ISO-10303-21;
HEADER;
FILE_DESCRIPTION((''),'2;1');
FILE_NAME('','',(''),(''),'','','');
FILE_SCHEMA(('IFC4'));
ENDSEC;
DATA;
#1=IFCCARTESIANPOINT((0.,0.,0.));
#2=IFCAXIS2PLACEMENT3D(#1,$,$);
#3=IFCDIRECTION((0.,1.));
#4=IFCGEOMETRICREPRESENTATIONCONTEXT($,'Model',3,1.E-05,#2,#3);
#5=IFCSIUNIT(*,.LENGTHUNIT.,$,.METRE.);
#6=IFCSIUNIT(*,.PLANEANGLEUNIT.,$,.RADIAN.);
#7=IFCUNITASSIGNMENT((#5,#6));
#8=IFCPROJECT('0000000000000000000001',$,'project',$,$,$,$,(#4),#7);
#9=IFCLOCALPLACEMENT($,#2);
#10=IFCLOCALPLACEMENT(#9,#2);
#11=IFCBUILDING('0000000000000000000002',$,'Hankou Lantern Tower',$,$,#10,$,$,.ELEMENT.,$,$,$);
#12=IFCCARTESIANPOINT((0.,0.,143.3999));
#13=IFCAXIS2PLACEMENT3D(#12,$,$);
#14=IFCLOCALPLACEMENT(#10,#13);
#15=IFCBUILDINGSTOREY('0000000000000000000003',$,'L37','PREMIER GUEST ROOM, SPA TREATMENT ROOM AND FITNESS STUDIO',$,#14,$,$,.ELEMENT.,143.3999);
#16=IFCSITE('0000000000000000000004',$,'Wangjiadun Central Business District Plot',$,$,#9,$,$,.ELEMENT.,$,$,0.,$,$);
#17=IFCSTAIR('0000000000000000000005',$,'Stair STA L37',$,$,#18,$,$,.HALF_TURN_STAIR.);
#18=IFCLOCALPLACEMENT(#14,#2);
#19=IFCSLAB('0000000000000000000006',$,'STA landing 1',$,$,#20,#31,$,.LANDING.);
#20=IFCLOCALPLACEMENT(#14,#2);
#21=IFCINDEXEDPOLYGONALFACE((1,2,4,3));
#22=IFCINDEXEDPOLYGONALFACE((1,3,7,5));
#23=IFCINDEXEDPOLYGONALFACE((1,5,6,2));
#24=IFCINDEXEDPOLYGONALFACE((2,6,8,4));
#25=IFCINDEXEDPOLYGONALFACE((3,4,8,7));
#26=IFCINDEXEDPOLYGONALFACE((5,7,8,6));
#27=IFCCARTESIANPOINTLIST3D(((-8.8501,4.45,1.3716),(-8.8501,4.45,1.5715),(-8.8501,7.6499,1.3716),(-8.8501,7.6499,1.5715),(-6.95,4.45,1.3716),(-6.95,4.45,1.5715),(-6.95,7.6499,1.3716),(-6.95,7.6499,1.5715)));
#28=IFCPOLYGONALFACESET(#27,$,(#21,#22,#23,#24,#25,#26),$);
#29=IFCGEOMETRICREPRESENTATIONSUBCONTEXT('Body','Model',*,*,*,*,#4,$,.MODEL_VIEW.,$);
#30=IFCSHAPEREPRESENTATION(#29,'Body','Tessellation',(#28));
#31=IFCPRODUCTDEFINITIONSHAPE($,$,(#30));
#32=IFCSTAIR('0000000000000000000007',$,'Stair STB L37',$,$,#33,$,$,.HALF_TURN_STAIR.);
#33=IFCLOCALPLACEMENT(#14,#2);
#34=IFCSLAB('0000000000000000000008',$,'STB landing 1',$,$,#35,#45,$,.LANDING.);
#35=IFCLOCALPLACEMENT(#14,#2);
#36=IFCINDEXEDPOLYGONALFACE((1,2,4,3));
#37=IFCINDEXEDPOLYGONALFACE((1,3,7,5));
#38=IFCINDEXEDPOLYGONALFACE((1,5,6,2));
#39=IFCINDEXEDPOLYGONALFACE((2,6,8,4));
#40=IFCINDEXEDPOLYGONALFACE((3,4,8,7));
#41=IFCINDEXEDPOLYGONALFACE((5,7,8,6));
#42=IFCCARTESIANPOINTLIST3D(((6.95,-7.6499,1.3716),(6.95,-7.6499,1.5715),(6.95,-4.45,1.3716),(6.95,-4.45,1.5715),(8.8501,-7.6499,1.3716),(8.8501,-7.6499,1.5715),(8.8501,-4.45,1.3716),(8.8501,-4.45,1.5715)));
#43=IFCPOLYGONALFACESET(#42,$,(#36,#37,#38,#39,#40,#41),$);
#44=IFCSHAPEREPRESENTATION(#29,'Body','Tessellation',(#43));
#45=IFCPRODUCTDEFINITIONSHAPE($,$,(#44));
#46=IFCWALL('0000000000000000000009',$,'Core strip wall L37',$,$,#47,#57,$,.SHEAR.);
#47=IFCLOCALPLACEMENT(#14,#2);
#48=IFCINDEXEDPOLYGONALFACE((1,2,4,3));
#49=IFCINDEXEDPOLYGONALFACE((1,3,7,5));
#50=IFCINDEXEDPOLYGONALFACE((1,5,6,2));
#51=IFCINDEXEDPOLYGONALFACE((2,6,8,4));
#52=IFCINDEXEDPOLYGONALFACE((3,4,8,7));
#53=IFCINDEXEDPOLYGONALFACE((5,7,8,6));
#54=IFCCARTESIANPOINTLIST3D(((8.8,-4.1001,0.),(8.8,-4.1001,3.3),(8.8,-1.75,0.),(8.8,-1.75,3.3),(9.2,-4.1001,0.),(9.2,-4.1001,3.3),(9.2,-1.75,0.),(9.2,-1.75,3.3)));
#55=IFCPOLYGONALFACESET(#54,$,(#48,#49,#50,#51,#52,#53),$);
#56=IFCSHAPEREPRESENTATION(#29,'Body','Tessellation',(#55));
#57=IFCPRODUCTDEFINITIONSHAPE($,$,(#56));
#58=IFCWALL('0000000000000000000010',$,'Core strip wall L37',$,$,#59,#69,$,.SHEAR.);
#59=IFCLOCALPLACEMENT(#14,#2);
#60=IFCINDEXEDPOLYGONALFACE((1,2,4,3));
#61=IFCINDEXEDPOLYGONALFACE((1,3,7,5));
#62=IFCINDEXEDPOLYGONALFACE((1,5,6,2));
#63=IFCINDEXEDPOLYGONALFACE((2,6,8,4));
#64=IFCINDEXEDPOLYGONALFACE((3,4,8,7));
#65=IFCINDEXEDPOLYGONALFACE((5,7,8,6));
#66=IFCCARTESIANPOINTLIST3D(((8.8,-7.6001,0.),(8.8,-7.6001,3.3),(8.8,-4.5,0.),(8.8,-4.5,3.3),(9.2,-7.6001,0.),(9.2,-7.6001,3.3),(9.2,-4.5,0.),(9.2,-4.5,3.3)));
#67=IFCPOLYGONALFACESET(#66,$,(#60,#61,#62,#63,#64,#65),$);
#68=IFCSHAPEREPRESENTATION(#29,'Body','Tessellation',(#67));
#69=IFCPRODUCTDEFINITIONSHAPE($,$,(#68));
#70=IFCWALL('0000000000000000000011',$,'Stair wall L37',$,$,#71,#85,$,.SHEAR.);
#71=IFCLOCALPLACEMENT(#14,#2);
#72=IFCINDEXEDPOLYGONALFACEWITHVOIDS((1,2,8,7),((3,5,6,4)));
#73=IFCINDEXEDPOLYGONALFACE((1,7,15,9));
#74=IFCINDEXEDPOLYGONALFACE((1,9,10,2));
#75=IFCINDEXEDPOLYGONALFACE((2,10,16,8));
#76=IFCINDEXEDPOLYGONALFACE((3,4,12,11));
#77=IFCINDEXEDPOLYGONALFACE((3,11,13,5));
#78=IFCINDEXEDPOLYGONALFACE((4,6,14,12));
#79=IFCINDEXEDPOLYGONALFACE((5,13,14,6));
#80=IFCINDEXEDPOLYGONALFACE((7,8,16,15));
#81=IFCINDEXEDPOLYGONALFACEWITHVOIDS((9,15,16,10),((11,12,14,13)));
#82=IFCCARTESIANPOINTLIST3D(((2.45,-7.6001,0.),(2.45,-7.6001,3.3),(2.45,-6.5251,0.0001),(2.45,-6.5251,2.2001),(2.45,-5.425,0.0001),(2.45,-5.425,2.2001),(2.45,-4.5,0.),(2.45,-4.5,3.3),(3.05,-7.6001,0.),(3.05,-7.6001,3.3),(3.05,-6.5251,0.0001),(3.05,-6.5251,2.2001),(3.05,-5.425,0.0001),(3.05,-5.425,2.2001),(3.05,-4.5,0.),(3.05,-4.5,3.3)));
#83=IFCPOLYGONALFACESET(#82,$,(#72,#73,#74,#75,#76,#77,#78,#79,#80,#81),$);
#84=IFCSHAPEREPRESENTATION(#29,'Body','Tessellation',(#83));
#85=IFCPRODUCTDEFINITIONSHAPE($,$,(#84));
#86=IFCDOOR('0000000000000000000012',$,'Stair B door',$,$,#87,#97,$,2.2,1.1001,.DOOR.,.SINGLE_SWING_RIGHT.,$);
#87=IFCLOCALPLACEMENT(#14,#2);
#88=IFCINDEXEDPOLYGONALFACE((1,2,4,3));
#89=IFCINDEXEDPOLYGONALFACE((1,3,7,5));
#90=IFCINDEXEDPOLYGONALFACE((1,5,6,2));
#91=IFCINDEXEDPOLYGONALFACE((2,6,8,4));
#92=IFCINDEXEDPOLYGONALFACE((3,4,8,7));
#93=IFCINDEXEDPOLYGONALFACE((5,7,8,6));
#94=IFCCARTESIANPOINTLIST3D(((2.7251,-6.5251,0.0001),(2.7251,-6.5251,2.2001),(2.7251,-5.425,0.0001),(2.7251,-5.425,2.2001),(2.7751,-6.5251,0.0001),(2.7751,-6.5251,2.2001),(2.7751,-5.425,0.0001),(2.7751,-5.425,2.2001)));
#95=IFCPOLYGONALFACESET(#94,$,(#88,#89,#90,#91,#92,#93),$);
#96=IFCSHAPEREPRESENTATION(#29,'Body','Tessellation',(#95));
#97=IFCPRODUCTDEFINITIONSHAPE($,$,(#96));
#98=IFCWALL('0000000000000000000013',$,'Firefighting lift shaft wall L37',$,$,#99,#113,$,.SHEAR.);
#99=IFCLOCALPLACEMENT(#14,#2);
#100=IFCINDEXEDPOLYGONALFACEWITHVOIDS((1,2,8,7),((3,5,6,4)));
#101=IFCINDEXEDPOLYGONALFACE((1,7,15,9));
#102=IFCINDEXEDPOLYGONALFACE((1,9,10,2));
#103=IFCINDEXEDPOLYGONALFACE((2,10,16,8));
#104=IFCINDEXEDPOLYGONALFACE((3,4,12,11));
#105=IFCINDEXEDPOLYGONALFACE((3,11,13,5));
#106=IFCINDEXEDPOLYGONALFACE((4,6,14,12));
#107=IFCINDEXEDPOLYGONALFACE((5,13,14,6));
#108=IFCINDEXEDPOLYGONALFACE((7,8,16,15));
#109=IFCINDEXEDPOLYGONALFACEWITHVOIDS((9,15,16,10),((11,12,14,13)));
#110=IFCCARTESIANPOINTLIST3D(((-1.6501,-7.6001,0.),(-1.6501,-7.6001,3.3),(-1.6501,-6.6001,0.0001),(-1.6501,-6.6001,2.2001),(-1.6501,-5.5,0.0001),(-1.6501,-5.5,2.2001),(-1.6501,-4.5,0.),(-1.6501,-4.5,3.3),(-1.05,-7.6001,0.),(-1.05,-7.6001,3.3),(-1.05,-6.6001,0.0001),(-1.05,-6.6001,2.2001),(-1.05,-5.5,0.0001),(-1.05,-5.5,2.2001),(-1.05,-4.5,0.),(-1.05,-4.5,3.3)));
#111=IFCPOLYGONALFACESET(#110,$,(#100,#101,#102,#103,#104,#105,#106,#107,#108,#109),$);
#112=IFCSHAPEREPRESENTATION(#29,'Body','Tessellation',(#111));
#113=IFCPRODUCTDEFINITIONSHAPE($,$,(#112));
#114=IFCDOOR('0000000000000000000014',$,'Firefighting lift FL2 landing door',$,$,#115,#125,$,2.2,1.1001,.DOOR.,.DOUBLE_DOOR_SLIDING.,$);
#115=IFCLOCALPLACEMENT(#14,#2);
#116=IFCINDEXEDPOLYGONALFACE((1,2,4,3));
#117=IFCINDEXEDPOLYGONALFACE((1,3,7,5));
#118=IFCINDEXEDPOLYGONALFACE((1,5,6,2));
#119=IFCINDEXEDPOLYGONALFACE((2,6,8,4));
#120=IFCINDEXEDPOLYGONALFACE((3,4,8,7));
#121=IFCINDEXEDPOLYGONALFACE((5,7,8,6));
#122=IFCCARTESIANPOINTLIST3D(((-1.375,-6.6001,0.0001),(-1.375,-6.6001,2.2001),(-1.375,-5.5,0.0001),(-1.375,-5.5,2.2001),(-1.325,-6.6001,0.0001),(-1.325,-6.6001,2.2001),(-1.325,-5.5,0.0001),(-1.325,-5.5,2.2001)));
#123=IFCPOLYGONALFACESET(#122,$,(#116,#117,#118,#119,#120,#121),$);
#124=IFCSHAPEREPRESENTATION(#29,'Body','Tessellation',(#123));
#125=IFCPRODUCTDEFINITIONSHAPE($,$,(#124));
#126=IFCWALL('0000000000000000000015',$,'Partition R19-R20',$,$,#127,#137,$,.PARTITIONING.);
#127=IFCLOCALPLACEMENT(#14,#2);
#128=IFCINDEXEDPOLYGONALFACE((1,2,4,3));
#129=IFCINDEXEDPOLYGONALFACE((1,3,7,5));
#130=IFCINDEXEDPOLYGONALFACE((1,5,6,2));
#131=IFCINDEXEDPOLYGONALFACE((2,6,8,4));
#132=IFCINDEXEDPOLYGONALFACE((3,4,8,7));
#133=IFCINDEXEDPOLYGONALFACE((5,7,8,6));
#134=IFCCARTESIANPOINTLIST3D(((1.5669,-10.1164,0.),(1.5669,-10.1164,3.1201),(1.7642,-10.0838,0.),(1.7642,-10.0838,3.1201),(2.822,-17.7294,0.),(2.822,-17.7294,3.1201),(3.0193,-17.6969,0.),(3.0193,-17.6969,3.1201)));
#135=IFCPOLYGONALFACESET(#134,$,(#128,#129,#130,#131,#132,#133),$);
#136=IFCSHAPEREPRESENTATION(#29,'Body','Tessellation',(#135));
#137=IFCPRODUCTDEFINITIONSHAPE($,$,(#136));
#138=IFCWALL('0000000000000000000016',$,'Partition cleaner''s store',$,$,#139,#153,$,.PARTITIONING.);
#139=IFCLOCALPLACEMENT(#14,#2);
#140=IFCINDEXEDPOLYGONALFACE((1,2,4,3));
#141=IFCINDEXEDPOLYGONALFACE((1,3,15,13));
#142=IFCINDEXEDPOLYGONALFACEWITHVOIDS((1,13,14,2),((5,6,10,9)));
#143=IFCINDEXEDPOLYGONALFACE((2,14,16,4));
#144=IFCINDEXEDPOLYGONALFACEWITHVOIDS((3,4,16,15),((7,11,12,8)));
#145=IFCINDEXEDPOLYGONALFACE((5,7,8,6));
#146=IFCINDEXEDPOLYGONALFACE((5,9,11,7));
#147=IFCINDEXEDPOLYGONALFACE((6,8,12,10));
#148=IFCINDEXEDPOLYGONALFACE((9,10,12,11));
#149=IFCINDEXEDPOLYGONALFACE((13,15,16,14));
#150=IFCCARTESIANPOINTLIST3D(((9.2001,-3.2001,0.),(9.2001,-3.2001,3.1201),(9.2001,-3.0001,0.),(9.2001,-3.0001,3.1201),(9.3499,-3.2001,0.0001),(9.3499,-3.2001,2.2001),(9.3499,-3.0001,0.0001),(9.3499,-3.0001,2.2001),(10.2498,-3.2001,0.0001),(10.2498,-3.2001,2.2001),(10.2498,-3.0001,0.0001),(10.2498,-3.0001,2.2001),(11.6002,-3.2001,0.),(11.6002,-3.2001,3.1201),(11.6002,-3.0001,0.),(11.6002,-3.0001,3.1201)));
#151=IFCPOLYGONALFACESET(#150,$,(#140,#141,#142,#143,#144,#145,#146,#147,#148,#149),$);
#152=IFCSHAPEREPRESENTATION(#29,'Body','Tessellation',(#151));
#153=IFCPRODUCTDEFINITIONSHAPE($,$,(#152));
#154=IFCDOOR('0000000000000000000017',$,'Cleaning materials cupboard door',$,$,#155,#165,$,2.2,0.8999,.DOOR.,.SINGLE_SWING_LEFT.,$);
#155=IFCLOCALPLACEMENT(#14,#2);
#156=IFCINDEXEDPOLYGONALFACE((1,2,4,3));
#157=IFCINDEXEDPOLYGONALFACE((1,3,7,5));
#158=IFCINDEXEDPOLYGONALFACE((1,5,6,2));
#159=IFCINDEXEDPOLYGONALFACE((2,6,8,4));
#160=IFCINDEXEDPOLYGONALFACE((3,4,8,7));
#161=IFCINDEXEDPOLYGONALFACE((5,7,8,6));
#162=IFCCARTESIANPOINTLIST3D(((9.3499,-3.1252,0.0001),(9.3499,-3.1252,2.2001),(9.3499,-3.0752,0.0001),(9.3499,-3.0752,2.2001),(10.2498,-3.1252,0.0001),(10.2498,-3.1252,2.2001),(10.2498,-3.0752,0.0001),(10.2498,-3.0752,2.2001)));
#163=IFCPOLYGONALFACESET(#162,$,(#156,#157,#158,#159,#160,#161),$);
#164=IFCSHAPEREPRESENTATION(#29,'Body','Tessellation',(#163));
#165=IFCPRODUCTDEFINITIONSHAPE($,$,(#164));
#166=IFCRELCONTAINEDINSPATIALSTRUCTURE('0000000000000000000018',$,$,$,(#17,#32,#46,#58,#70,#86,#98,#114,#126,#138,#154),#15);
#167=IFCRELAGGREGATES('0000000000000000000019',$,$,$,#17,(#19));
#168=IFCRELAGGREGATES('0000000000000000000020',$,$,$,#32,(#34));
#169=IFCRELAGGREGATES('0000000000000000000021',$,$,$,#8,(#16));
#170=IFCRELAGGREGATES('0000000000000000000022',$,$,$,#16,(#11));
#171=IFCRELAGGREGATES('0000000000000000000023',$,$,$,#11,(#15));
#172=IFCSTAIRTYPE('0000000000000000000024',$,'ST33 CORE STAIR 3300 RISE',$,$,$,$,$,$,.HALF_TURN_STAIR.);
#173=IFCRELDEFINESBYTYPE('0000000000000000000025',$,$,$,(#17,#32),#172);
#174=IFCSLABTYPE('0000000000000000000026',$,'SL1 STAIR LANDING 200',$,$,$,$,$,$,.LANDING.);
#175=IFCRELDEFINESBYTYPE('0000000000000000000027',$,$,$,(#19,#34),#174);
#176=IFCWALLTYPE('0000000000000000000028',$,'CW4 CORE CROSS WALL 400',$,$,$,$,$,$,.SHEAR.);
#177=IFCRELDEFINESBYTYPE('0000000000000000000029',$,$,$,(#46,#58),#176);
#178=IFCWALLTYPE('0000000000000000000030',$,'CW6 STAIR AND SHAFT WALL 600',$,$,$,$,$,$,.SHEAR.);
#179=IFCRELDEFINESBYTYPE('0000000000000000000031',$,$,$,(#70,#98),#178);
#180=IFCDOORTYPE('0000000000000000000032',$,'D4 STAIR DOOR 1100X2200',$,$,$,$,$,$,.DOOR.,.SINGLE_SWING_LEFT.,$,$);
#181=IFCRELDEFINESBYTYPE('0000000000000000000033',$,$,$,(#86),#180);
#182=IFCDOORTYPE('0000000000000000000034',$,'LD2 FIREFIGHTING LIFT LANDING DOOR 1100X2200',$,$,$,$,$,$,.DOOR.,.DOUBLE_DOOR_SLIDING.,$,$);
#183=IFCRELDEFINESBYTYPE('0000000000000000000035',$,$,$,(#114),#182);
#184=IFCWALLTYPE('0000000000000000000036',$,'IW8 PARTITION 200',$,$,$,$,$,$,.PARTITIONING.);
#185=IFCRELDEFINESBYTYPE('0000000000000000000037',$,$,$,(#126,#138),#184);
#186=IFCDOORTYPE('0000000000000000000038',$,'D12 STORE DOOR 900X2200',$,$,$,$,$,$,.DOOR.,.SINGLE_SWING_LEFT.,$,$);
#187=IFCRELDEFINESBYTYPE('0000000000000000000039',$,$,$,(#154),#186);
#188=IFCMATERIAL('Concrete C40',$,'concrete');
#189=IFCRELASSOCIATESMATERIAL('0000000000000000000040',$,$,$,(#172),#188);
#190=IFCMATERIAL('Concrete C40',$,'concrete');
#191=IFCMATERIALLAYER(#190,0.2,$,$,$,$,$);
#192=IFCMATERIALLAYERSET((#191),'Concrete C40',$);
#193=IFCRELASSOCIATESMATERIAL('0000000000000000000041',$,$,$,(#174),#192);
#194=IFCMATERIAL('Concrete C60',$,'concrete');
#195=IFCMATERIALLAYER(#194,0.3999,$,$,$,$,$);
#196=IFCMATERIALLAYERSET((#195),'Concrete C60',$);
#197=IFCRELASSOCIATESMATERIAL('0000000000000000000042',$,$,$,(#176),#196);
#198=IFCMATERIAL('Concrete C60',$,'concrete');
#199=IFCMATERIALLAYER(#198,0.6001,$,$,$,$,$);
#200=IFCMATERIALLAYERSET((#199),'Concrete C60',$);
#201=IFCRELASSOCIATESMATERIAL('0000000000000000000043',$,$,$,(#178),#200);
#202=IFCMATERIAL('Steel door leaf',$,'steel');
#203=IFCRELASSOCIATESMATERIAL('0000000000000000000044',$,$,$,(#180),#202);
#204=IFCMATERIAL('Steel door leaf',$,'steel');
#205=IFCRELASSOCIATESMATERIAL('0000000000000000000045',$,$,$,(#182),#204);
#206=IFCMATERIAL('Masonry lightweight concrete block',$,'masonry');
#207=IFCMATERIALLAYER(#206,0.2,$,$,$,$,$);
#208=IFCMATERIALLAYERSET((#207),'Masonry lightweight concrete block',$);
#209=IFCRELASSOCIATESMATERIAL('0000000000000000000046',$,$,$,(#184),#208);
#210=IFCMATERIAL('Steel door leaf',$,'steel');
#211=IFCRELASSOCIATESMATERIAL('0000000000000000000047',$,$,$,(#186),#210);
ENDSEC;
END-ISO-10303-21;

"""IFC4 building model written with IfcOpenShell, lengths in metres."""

from ifc_helpers import new_model, si_unit, direction, frame, frame_2d, origin, place, context, subcontext, project, spatial, polyline, rectangle, outline, extrude, material, layer, layer_set, type_object, element, fill, aggregate, save


model = new_model("IFC4")

# Units and contexts
model_context = context("Model", 3, precision=1e-05, world=origin(), true_north=direction((0.0, 1.0)))
body_context = subcontext(model_context, "Body", "Model", "MODEL_VIEW")
ifc_project = project(units=[si_unit("LENGTHUNIT", "METRE"), si_unit("PLANEANGLEUNIT", "RADIAN")], contexts=[model_context])

# Site, building, storey
site_placement = place(None, origin())
site = spatial("IfcSite", under=ifc_project, at=site_placement, Name="Wangjiadun Central Business District Plot", CompositionType="ELEMENT", RefElevation=0.0)
building_placement = place(site_placement, origin())
building = spatial("IfcBuilding", under=site, at=building_placement, Name="Hankou Lantern Tower", CompositionType="ELEMENT")
storey_placement = place(building_placement, frame((0.0, 0.0, 143.3999)))
storey = spatial("IfcBuildingStorey", under=building, at=storey_placement, Name="L37", Description="PREMIER GUEST ROOM, SPA TREATMENT ROOM AND FITNESS STUDIO", CompositionType="ELEMENT", Elevation=143.3999)

# Stairs, slabs
ifc_material_1 = material(Name="Concrete C40", Category="concrete")
stair_type = type_object("IfcStairType", Name="ST33 CORE STAIR 3300 RISE", PredefinedType="HALF_TURN_STAIR", material=ifc_material_1)
stair_1_placement = place(storey_placement, origin())
stair_1 = element("IfcStair", 1, at=stair_1_placement, inside=storey, type_object=stair_type, Name="Stair STA L37", PredefinedType="HALF_TURN_STAIR")
ifc_material_2 = material(Name="Concrete C40", Category="concrete")
ifc_layer_1 = layer(ifc_material_2, 0.2)
ifc_layer_set_1 = layer_set([ifc_layer_1], Name="Concrete C40")
slab_type_1 = type_object("IfcSlabType", Name="SL1 STAIR LANDING 200", PredefinedType="LANDING", material=ifc_layer_set_1)
slab_1_placement = place(storey_placement, frame((0.0, 0.0, 1.3716)))
slab_1 = element("IfcSlab", 2, at=slab_1_placement, type_object=slab_type_1, Name="STA landing 1", PredefinedType="LANDING", context=body_context, shape_type="SweptSolid", body=[
    extrude(outline(polyline([(-8.8501, 4.45), (-6.95, 4.45), (-6.95, 7.6499), (-8.8501, 7.6499), (-8.8501, 4.45)])), origin(), (0.0, 0.0, 1.0), 0.2),
])
aggregate(stair_1, [slab_1])
stair_2_placement = place(storey_placement, origin())
stair_2 = element("IfcStair", 3, at=stair_2_placement, inside=storey, type_object=stair_type, Name="Stair STB L37", PredefinedType="HALF_TURN_STAIR")
slab_2_placement = place(storey_placement, frame((0.0, 0.0, 1.3716)))
slab_2 = element("IfcSlab", 4, at=slab_2_placement, type_object=slab_type_1, Name="STB landing 1", PredefinedType="LANDING", context=body_context, shape_type="SweptSolid", body=[
    extrude(outline(polyline([(8.8501, -4.45), (6.95, -4.45), (6.95, -7.6499), (8.8501, -7.6499), (8.8501, -4.45)])), origin(), (0.0, 0.0, 1.0), 0.2),
])

# Walls
ifc_material_3 = material(Name="Concrete C60", Category="concrete")
ifc_layer_2 = layer(ifc_material_3, 0.3999)
ifc_layer_set_2 = layer_set([ifc_layer_2], Name="Concrete C60")
wall_type_1 = type_object("IfcWallType", Name="CW4 CORE CROSS WALL 400", PredefinedType="SHEAR", material=ifc_layer_set_2)
wall_1_placement = place(storey_placement, frame((9.0, -4.1001, 0.0), z_axis=(0.0, 0.0, 1.0), x_axis=(0.0, 1.0, 0.0)))
element("IfcWall", 5, at=wall_1_placement, inside=storey, type_object=wall_type_1, Name="Core strip wall L37", PredefinedType="SHEAR", context=body_context, shape_type="SweptSolid", body=[
    extrude(rectangle(XDim=2.3501, YDim=0.3999, at=frame_2d((1.175, 0.0))), origin(), (0.0, 0.0, 1.0), 3.3),
])
wall_2_placement = place(storey_placement, frame((9.0, -7.6001, 0.0), z_axis=(0.0, 0.0, 1.0), x_axis=(0.0, 1.0, 0.0)))
element("IfcWall", 6, at=wall_2_placement, inside=storey, type_object=wall_type_1, Name="Core strip wall L37", PredefinedType="SHEAR", context=body_context, shape_type="SweptSolid", body=[
    extrude(rectangle(XDim=3.1001, YDim=0.3999, at=frame_2d((1.55, 0.0))), origin(), (0.0, 0.0, 1.0), 3.3),
])

# Walls, openings, doors
ifc_material_4 = material(Name="Concrete C60", Category="concrete")
ifc_layer_3 = layer(ifc_material_4, 0.6001)
ifc_layer_set_3 = layer_set([ifc_layer_3], Name="Concrete C60")
wall_type_2 = type_object("IfcWallType", Name="CW6 STAIR AND SHAFT WALL 600", PredefinedType="SHEAR", material=ifc_layer_set_3)
wall_3_placement = place(storey_placement, frame((2.75, -7.6001, 0.0), z_axis=(0.0, 0.0, 1.0), x_axis=(0.0, 1.0, 0.0)))
wall_3 = element("IfcWall", 7, at=wall_3_placement, inside=storey, type_object=wall_type_2, Name="Stair wall L37", PredefinedType="SHEAR", context=body_context, shape_type="SweptSolid", body=[
    extrude(rectangle(XDim=3.1001, YDim=0.6001, at=frame_2d((1.55, 0.0))), origin(), (0.0, 0.0, 1.0), 3.3),
])
opening_1_placement = place(wall_3_placement, frame((1.075, 0.0, 0.0)))
opening_1 = element("IfcOpeningElement", 8, at=opening_1_placement, cuts=wall_3, PredefinedType="OPENING", context=body_context, shape_type="SweptSolid", body=[
    extrude(rectangle(XDim=1.1001, YDim=2.2, at=frame_2d((0.55, 1.1001))), frame((0.0, 0.3101, 0.0), z_axis=(0.0, -1.0, 0.0), x_axis=(1.0, 0.0, 0.0)), (0.0, 0.0, 1.0), 0.6201),
])
ifc_material_5 = material(Name="Steel door leaf", Category="steel")
door_type_1 = type_object("IfcDoorType", Name="D4 STAIR DOOR 1100X2200", OperationType="SINGLE_SWING_LEFT", PredefinedType="DOOR", material=ifc_material_5)
door_1_placement = place(opening_1_placement, origin())
door_1 = element("IfcDoor", 9, at=door_1_placement, inside=storey, type_object=door_type_1, Name="Stair B door", OperationType="SINGLE_SWING_RIGHT", OverallHeight=2.2, OverallWidth=1.1001, PredefinedType="DOOR", context=body_context, shape_type="SweptSolid", body=[
    extrude(rectangle(XDim=1.1001, YDim=2.2, at=frame_2d((0.55, 1.1001))), frame((0.0, 0.0249, 0.0), z_axis=(0.0, -1.0, 0.0), x_axis=(1.0, 0.0, 0.0)), (0.0, 0.0, 1.0), 0.05),
])
fill(opening_1, door_1)
wall_4_placement = place(storey_placement, frame((-1.3501, -7.6001, 0.0), z_axis=(0.0, 0.0, 1.0), x_axis=(0.0, 1.0, 0.0)))
wall_4 = element("IfcWall", 10, at=wall_4_placement, inside=storey, type_object=wall_type_2, Name="Firefighting lift shaft wall L37", PredefinedType="SHEAR", context=body_context, shape_type="SweptSolid", body=[
    extrude(rectangle(XDim=3.1001, YDim=0.6001, at=frame_2d((1.55, 0.0))), origin(), (0.0, 0.0, 1.0), 3.3),
])
opening_2_placement = place(wall_4_placement, frame((1.0, 0.0, 0.0)))
opening_2 = element("IfcOpeningElement", 11, at=opening_2_placement, cuts=wall_4, PredefinedType="OPENING", context=body_context, shape_type="SweptSolid", body=[
    extrude(rectangle(XDim=1.1001, YDim=2.2, at=frame_2d((0.55, 1.1001))), frame((0.0, 0.3101, 0.0), z_axis=(0.0, -1.0, 0.0), x_axis=(1.0, 0.0, 0.0)), (0.0, 0.0, 1.0), 0.6201),
])
ifc_material_6 = material(Name="Steel door leaf", Category="steel")
door_type_2 = type_object("IfcDoorType", Name="LD2 FIREFIGHTING LIFT LANDING DOOR 1100X2200", OperationType="DOUBLE_DOOR_SLIDING", PredefinedType="DOOR", material=ifc_material_6)
door_2_placement = place(opening_2_placement, origin())
door_2 = element("IfcDoor", 12, at=door_2_placement, inside=storey, type_object=door_type_2, Name="Firefighting lift FL2 landing door", OperationType="DOUBLE_DOOR_SLIDING", OverallHeight=2.2, OverallWidth=1.1001, PredefinedType="DOOR", context=body_context, shape_type="SweptSolid", body=[
    extrude(rectangle(XDim=1.1001, YDim=2.2, at=frame_2d((0.55, 1.1001))), frame((0.0, 0.0249, 0.0), z_axis=(0.0, -1.0, 0.0), x_axis=(1.0, 0.0, 0.0)), (0.0, 0.0, 1.0), 0.05),
])
fill(opening_2, door_2)

# Wall
ifc_material_7 = material(Name="Masonry lightweight concrete block", Category="masonry")
ifc_layer_4 = layer(ifc_material_7, 0.2)
ifc_layer_set_4 = layer_set([ifc_layer_4], Name="Masonry lightweight concrete block")
wall_type_3 = type_object("IfcWallType", Name="IW8 PARTITION 200", PredefinedType="PARTITIONING", material=ifc_layer_set_4)
wall_5_placement = place(storey_placement, frame((1.6655, -10.1001, 0.0), z_axis=(0.0, 0.0, 1.0), x_axis=(0.16267, -0.986681, 0.0)))
element("IfcWall", 13, at=wall_5_placement, inside=storey, type_object=wall_type_3, Name="Partition R19-R20", PredefinedType="PARTITIONING", context=body_context, shape_type="SweptSolid", body=[
    extrude(rectangle(XDim=7.7158, YDim=0.2, at=frame_2d((3.8579, 0.0))), origin(), (0.0, 0.0, 1.0), 3.1201),
])

# Wall, opening, door
wall_6_placement = place(storey_placement, frame((9.2, -3.1001, 0.0), z_axis=(0.0, 0.0, 1.0), x_axis=(1.0, 0.0, 0.0)))
wall_6 = element("IfcWall", 14, at=wall_6_placement, inside=storey, type_object=wall_type_3, Name="Partition cleaner's store", PredefinedType="PARTITIONING", context=body_context, shape_type="SweptSolid", body=[
    extrude(rectangle(XDim=2.4001, YDim=0.2, at=frame_2d((1.2002, 0.0))), origin(), (0.0, 0.0, 1.0), 3.1201),
])
opening_3_placement = place(wall_6_placement, frame((0.1499, 0.0, 0.0)))
opening_3 = element("IfcOpeningElement", 15, at=opening_3_placement, cuts=wall_6, PredefinedType="OPENING", context=body_context, shape_type="SweptSolid", body=[
    extrude(rectangle(XDim=0.8999, YDim=2.2, at=frame_2d((0.45, 1.1001))), frame((0.0, 0.1099, 0.0), z_axis=(0.0, -1.0, 0.0), x_axis=(1.0, 0.0, 0.0)), (0.0, 0.0, 1.0), 0.22),
])
ifc_material_8 = material(Name="Steel door leaf", Category="steel")
door_type_3 = type_object("IfcDoorType", Name="D12 STORE DOOR 900X2200", OperationType="SINGLE_SWING_LEFT", PredefinedType="DOOR", material=ifc_material_8)
door_3_placement = place(opening_3_placement, origin())
door_3 = element("IfcDoor", 16, at=door_3_placement, inside=storey, type_object=door_type_3, Name="Cleaning materials cupboard door", OperationType="SINGLE_SWING_LEFT", OverallHeight=2.2, OverallWidth=0.8999, PredefinedType="DOOR", context=body_context, shape_type="SweptSolid", body=[
    extrude(rectangle(XDim=0.8999, YDim=2.2, at=frame_2d((0.45, 1.1001))), frame((0.0, 0.0249, 0.0), z_axis=(0.0, -1.0, 0.0), x_axis=(1.0, 0.0, 0.0)), (0.0, 0.0, 1.0), 0.05),
])
fill(opening_3, door_3)

aggregate(stair_2, [slab_2])

save(model, "model.ifc")
